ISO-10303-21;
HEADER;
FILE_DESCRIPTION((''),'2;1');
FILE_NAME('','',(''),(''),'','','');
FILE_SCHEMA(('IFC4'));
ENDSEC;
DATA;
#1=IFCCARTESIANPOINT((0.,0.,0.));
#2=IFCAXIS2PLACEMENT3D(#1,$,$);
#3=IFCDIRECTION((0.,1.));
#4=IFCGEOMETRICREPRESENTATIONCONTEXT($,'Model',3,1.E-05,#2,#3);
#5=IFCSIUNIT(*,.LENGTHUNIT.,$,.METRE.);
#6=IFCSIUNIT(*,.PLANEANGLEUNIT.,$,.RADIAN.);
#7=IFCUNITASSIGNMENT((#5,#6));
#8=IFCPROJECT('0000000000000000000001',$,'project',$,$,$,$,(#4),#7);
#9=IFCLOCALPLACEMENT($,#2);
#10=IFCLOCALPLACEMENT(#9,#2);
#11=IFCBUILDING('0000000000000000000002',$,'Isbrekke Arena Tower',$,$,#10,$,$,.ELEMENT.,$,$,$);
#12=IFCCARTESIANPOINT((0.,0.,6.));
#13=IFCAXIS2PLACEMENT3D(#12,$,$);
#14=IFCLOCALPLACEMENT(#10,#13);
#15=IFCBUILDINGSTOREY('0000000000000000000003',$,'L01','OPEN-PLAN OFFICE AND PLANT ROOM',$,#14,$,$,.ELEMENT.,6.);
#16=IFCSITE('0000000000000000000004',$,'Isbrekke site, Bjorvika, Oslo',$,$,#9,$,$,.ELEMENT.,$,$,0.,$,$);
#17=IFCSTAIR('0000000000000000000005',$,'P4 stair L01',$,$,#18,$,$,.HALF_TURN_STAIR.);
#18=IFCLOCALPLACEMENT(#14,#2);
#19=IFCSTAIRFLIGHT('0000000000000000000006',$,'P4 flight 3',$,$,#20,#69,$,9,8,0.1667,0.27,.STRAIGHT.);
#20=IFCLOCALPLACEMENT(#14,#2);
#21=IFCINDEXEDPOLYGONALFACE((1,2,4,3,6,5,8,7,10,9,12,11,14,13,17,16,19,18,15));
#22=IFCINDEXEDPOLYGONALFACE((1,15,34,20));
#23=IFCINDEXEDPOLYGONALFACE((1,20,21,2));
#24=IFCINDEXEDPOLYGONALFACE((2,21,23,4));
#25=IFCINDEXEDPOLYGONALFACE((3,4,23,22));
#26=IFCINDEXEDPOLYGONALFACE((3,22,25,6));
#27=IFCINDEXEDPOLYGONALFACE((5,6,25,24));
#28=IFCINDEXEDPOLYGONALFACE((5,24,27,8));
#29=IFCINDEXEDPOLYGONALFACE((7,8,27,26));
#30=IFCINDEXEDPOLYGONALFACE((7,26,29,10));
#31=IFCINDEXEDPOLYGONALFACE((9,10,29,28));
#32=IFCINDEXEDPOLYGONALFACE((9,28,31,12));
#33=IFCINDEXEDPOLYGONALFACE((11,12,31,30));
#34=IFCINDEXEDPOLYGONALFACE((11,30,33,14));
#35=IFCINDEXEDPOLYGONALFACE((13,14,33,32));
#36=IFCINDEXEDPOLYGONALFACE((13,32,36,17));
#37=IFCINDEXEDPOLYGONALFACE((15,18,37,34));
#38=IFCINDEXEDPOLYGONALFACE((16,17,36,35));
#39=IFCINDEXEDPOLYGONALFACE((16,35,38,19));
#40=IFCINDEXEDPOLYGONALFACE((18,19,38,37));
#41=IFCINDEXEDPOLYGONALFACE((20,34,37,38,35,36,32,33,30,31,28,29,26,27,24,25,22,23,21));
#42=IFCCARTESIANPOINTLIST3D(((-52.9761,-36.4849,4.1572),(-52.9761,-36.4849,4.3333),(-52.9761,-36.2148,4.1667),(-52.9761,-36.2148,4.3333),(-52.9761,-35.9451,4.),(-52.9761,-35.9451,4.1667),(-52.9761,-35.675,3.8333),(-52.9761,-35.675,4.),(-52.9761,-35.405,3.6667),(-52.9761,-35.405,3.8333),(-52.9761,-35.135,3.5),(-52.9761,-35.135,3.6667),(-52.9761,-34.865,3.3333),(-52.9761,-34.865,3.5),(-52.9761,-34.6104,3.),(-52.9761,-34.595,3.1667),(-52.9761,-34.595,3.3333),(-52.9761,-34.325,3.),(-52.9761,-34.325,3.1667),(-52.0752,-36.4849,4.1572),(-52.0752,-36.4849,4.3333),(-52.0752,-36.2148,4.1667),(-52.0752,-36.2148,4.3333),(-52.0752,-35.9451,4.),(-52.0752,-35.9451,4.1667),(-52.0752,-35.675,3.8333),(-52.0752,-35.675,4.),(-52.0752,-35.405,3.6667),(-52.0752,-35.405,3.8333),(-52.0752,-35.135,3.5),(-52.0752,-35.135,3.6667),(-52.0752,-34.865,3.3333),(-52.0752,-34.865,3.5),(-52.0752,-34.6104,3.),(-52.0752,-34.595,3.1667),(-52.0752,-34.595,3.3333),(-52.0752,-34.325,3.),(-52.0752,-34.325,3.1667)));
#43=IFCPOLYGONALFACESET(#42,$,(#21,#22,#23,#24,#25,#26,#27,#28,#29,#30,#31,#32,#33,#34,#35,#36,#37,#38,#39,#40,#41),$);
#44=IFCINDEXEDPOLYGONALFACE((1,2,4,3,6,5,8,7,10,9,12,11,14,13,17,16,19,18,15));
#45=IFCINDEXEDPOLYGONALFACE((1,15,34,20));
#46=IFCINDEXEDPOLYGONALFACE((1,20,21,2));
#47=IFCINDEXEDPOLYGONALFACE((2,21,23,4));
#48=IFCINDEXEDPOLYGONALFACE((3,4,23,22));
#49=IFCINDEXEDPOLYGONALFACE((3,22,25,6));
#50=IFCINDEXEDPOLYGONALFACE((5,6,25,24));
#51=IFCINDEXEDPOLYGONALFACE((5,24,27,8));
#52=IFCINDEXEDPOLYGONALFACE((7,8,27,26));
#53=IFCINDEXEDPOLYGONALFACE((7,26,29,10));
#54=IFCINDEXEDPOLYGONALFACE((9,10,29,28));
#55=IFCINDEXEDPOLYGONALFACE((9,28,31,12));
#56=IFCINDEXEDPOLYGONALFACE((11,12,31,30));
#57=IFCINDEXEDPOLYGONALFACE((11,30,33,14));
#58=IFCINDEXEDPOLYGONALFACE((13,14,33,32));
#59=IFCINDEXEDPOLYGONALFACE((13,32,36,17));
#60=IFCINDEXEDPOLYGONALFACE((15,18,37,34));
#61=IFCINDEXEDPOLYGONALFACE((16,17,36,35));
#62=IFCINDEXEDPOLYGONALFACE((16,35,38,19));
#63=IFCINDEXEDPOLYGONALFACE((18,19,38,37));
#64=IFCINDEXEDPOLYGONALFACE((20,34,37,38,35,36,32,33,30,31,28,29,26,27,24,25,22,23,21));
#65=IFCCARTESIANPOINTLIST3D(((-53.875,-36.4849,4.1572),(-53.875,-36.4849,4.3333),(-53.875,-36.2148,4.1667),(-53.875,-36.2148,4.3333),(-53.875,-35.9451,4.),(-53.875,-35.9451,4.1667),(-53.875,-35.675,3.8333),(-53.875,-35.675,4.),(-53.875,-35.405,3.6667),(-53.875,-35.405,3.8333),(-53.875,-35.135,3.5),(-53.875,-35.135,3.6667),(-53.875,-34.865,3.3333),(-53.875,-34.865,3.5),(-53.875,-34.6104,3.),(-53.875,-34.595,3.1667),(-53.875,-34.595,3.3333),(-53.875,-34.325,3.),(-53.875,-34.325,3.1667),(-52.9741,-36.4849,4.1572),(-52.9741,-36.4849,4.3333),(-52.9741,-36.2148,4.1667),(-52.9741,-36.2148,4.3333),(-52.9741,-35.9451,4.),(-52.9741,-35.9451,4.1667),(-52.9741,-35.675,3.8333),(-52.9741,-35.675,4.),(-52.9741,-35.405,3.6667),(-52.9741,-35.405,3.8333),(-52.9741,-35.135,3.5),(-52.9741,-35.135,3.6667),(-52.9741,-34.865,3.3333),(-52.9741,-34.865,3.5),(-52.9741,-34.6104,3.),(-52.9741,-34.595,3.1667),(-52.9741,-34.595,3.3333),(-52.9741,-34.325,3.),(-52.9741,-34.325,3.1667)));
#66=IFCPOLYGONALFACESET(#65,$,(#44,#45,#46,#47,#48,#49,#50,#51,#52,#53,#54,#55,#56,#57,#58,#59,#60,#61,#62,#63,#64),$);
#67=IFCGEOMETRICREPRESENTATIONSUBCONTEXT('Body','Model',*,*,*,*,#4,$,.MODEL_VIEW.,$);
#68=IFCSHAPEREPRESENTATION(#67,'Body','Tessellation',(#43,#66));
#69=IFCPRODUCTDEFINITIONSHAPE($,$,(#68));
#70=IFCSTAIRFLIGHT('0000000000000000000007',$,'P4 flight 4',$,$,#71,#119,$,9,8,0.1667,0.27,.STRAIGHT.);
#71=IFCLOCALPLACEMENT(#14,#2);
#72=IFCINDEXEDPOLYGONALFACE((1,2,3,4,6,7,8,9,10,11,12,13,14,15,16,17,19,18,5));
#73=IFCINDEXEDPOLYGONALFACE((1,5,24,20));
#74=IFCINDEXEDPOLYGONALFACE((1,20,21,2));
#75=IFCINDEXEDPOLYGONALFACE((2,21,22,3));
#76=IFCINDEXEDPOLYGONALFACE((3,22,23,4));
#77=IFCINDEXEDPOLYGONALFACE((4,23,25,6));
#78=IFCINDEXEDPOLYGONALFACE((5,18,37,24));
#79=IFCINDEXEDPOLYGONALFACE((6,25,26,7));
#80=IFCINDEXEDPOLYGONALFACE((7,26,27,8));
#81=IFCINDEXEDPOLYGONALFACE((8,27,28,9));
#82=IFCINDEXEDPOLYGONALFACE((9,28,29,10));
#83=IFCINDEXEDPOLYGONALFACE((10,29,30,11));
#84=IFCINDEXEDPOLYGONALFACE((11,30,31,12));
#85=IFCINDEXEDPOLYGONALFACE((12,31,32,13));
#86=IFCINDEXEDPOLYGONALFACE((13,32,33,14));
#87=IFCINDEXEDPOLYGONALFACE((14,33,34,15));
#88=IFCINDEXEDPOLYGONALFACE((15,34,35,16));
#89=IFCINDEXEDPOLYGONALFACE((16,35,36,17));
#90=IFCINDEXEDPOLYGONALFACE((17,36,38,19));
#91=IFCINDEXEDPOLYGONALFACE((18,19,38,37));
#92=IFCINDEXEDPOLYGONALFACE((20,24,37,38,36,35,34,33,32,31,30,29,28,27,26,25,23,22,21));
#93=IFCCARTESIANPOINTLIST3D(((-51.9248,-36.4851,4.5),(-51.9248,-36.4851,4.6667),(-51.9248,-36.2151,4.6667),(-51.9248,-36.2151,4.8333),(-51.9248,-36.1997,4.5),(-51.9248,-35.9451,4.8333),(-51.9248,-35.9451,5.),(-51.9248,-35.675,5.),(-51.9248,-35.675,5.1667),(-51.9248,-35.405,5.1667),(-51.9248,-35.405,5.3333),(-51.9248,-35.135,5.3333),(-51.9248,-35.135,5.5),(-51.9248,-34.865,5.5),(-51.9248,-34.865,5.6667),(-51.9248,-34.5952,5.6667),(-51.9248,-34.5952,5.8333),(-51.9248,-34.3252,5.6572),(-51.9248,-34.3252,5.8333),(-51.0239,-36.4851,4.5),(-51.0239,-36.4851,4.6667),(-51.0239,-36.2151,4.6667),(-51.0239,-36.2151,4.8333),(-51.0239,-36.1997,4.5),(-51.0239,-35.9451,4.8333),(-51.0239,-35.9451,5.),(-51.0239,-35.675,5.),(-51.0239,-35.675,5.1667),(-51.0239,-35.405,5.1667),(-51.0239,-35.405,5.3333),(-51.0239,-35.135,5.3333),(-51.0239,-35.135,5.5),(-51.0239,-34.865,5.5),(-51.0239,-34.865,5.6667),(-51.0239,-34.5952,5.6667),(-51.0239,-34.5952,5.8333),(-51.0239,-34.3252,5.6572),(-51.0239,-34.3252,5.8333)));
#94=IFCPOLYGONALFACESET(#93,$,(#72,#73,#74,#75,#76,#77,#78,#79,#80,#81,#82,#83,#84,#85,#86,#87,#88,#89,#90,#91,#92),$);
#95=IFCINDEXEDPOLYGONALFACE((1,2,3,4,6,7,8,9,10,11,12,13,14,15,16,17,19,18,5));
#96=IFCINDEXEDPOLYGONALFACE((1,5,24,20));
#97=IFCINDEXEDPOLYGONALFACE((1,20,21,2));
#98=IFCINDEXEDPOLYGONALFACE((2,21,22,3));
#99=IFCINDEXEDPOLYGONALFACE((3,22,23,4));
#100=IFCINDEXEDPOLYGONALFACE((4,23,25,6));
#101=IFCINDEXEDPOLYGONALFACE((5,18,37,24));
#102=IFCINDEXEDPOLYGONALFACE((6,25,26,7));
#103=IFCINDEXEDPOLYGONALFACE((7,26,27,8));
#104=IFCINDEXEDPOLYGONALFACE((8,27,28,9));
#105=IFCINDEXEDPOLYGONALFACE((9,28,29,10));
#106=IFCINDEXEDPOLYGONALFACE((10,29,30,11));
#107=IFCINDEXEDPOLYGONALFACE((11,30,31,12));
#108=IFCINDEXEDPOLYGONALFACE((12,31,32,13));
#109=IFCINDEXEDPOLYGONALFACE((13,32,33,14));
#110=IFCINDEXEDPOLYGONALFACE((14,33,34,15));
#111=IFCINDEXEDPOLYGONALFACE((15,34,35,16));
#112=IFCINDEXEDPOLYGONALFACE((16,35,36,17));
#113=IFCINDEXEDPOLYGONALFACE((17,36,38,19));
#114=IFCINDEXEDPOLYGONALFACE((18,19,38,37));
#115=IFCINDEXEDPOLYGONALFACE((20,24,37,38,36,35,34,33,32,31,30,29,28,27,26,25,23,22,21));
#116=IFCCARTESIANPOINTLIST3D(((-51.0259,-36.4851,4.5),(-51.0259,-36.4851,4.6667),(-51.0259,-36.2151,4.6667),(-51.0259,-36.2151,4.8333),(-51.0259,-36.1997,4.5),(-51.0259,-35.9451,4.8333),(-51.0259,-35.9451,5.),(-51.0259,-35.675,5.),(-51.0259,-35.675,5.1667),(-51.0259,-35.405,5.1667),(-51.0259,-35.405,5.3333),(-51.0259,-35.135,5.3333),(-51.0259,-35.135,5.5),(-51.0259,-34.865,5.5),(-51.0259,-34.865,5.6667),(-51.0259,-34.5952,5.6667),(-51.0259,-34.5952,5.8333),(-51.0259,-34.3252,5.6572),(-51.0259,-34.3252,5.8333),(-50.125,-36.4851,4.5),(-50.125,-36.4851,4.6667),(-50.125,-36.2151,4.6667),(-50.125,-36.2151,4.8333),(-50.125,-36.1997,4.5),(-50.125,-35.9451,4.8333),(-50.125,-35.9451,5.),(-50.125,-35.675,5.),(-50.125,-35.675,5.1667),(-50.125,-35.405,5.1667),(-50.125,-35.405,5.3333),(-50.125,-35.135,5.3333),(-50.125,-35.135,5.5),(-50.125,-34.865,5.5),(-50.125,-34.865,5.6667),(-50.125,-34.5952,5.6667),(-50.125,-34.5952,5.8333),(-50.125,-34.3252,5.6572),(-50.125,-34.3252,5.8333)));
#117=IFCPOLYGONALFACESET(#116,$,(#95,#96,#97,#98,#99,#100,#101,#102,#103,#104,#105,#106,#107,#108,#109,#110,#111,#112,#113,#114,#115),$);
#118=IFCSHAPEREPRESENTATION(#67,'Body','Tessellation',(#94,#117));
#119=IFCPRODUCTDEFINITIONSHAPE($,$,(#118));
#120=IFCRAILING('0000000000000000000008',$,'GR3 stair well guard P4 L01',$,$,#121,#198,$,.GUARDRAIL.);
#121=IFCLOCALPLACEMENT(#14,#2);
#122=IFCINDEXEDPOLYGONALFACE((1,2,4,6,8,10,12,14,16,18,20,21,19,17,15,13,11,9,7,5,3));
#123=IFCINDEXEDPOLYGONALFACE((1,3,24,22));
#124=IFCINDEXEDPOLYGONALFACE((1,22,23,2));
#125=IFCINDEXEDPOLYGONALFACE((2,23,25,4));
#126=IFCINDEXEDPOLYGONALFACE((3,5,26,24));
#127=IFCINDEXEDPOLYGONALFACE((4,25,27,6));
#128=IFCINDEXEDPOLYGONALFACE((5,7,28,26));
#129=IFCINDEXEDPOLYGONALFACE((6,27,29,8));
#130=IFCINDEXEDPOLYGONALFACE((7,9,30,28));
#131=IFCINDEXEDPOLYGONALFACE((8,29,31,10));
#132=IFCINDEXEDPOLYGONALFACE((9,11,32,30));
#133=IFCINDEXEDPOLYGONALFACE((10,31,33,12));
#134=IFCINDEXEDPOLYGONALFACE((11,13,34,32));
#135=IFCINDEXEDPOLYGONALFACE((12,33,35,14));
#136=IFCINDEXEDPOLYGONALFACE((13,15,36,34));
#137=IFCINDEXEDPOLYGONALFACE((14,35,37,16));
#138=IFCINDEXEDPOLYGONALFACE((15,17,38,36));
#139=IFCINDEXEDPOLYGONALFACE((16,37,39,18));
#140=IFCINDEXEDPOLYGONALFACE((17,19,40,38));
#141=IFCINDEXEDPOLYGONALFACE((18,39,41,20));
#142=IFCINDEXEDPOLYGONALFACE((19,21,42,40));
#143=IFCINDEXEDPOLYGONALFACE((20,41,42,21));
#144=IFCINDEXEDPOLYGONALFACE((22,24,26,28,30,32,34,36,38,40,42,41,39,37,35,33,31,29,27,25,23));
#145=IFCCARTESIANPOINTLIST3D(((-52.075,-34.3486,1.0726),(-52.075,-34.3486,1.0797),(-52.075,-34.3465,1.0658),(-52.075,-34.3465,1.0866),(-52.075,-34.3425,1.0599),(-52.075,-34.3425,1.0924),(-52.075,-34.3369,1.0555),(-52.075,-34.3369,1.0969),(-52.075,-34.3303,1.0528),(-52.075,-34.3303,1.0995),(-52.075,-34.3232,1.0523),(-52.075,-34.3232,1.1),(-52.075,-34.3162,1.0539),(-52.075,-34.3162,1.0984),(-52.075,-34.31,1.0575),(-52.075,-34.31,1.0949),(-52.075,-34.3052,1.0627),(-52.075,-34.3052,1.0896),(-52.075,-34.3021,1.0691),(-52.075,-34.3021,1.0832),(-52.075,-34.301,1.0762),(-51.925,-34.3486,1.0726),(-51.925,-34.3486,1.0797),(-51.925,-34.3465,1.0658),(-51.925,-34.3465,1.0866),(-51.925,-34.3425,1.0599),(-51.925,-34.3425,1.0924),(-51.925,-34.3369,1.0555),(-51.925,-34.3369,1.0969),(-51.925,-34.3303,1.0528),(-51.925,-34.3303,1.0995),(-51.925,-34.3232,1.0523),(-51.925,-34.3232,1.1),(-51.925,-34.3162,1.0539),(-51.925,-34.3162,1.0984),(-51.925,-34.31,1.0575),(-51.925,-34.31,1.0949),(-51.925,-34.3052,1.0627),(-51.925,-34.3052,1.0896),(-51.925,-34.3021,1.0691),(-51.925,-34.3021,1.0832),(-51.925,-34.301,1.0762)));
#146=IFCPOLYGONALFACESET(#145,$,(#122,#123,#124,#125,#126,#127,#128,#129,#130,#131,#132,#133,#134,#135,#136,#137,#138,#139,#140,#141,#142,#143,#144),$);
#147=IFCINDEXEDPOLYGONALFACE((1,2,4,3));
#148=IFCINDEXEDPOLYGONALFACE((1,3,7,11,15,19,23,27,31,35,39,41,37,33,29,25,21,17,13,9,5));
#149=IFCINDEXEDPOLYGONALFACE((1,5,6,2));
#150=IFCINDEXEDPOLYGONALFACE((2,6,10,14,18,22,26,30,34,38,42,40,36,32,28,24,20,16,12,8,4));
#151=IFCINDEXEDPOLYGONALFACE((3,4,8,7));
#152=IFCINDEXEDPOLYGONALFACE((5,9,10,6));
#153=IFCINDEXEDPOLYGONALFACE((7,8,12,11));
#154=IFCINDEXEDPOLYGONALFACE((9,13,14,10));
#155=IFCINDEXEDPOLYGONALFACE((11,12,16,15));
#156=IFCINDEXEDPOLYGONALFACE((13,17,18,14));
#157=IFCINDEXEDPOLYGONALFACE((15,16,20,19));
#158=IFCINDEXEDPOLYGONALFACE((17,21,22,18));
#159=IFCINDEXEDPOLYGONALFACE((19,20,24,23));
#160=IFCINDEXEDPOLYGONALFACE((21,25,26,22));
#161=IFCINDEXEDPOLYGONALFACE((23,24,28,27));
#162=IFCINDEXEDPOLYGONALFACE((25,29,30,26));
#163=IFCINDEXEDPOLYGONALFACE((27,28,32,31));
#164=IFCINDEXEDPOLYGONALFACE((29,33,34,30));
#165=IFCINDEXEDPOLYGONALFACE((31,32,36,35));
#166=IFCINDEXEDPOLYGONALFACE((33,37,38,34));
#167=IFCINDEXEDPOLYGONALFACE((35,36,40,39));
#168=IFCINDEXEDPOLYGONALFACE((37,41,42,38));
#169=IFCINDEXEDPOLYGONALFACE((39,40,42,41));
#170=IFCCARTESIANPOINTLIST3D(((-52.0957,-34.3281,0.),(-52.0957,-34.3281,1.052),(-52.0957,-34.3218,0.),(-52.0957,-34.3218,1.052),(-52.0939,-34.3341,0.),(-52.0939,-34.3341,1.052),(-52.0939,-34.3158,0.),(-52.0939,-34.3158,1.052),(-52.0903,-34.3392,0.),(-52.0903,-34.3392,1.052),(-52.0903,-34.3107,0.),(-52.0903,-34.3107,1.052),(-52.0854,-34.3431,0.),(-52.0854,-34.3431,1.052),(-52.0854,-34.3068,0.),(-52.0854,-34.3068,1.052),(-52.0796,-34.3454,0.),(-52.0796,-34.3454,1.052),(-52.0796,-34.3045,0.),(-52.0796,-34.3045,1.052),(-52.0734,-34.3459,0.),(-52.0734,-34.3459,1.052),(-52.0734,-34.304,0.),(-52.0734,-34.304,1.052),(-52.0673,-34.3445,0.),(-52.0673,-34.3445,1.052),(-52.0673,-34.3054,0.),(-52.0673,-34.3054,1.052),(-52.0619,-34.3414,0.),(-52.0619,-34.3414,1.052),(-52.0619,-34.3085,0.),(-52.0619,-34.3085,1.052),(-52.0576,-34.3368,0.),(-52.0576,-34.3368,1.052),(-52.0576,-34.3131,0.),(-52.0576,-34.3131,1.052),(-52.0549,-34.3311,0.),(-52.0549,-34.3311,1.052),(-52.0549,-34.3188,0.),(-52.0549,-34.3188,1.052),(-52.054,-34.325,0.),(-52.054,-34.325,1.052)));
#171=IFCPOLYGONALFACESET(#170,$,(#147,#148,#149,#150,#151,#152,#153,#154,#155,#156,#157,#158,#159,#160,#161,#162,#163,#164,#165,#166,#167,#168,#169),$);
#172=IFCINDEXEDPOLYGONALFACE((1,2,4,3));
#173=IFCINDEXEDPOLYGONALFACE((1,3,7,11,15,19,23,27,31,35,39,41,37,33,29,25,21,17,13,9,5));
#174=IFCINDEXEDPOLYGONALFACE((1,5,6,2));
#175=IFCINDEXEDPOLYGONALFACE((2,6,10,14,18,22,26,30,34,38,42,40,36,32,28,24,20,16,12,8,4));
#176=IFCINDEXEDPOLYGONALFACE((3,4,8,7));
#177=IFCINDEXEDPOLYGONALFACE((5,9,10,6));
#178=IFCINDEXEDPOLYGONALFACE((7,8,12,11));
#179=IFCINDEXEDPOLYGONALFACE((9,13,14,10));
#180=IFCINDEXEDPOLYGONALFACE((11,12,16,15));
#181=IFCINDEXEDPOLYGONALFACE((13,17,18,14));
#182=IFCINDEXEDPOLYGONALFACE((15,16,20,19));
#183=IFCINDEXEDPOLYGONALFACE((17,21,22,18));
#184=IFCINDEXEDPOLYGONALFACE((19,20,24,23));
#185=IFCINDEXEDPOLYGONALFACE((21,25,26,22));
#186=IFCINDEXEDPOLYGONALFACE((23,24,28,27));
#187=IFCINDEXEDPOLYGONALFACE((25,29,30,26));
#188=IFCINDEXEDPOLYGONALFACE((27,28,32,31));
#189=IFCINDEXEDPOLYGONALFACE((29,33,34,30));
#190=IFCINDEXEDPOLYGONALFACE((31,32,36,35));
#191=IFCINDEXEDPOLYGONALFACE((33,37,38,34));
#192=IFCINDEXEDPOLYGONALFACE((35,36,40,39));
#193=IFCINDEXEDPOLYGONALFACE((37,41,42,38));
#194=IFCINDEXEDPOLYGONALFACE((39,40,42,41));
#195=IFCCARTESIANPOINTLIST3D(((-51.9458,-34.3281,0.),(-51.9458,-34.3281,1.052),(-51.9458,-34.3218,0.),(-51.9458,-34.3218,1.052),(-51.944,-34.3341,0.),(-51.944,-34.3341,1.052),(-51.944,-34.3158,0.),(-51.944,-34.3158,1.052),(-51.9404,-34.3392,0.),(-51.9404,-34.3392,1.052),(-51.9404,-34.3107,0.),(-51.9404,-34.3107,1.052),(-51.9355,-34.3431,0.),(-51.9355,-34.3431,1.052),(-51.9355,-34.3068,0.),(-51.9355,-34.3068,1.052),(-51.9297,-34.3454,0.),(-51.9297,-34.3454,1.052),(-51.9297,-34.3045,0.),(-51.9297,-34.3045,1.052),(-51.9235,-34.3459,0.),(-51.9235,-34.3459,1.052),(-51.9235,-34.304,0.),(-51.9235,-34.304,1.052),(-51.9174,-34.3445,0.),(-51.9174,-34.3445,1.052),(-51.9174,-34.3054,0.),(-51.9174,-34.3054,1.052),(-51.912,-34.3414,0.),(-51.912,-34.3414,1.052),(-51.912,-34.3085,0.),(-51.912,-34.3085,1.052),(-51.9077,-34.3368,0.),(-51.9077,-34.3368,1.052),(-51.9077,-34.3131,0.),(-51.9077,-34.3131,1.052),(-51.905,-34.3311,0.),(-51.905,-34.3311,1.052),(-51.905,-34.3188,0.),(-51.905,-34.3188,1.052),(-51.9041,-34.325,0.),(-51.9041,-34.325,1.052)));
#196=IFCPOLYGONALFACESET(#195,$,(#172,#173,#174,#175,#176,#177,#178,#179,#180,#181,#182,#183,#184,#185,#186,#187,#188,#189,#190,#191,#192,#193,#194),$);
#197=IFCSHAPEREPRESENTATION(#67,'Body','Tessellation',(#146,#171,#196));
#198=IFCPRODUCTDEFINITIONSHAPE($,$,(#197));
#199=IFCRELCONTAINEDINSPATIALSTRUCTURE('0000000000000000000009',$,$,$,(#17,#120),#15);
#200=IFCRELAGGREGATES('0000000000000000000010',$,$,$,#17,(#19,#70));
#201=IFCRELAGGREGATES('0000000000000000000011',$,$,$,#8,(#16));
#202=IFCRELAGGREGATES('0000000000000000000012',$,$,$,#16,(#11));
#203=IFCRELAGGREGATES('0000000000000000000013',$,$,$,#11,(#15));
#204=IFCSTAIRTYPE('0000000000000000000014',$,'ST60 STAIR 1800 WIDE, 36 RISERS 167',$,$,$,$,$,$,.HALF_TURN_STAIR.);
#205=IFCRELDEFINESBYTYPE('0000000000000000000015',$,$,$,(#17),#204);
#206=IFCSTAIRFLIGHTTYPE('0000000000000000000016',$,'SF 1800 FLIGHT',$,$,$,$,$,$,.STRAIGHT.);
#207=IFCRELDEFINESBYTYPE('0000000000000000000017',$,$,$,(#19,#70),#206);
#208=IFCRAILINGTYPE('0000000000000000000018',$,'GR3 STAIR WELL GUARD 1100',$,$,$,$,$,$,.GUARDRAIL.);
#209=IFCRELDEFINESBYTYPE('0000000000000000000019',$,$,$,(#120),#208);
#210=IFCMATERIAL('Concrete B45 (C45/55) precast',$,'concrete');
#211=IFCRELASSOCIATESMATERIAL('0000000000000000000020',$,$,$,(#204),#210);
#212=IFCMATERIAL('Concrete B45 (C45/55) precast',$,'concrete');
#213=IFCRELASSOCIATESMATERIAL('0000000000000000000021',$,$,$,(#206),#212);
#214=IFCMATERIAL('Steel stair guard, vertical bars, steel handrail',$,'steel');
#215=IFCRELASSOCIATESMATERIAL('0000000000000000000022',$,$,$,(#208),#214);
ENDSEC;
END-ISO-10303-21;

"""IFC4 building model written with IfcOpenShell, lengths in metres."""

from ifc_helpers import new_model, si_unit, direction, frame, origin, origin_2d, place, context, subcontext, project, spatial, polyline, circle, outline, extrude, material, type_object, element, aggregate, save


model = new_model("IFC4")

# Units and contexts
model_context = context("Model", 3, precision=1e-05, world=origin(), true_north=direction((0.0, 1.0)))
body_context = subcontext(model_context, "Body", "Model", "MODEL_VIEW")
ifc_project = project(units=[si_unit("LENGTHUNIT", "METRE"), si_unit("PLANEANGLEUNIT", "RADIAN")], contexts=[model_context])

# Site, building, storey
site_placement = place(None, origin())
site = spatial("IfcSite", under=ifc_project, at=site_placement, Name="Isbrekke site, Bjorvika, Oslo", CompositionType="ELEMENT", RefElevation=0.0)
building_placement = place(site_placement, origin())
building = spatial("IfcBuilding", under=site, at=building_placement, Name="Isbrekke Arena Tower", CompositionType="ELEMENT")
storey_placement = place(building_placement, frame((0.0, 0.0, 6.0)))
storey = spatial("IfcBuildingStorey", under=building, at=storey_placement, Name="L01", Description="OPEN-PLAN OFFICE AND PLANT ROOM", CompositionType="ELEMENT", Elevation=6.0)

# Stair, stair flights
ifc_material_1 = material(Name="Concrete B45 (C45/55) precast", Category="concrete")
stair_type = type_object("IfcStairType", Name="ST60 STAIR 1800 WIDE, 36 RISERS 167", PredefinedType="HALF_TURN_STAIR", material=ifc_material_1)
stair_placement = place(storey_placement, origin())
stair = element("IfcStair", 1, at=stair_placement, inside=storey, type_object=stair_type, Name="P4 stair L01", PredefinedType="HALF_TURN_STAIR")
ifc_material_2 = material(Name="Concrete B45 (C45/55) precast", Category="concrete")
stair_flight_type = type_object("IfcStairFlightType", Name="SF 1800 FLIGHT", PredefinedType="STRAIGHT", material=ifc_material_2)
stair_flight_1_placement = place(storey_placement, frame((-52.9751, -34.325, 3.0), z_axis=(0.0, 0.0, 1.0), x_axis=(0.0, -1.0, 0.0)))
stair_flight_1 = element("IfcStairFlight", 2, at=stair_flight_1_placement, type_object=stair_flight_type, Name="P4 flight 3", NumberOfRisers=9, NumberOfTreads=8, PredefinedType="STRAIGHT", RiserHeight=0.1667, TreadLength=0.27, context=body_context, shape_type="SweptSolid", body=[
    extrude(outline(polyline([(0.0, 0.0), (0.0, 0.1667), (0.27, 0.1667), (0.27, 0.3333), (0.54, 0.3333), (0.54, 0.5), (0.8101, 0.5), (0.8101, 0.6667), (1.0801, 0.6667), (1.0801, 0.8333), (1.3501, 0.8333), (1.3501, 1.0), (1.6201, 1.0), (1.6201, 1.1667), (1.8899, 1.1667), (1.8899, 1.3333), (2.1599, 1.3333), (2.1599, 1.5), (2.1599, 1.1572), (0.2854, 0.0), (0.0, 0.0)])), frame((0.0, 0.8999, 0.0), z_axis=(0.0, -1.0, 0.0), x_axis=(1.0, 0.0, 0.0)), (0.0, 0.0, 1.0), 0.9009),
    extrude(outline(polyline([(0.0, 0.0), (0.0, 0.1667), (0.27, 0.1667), (0.27, 0.3333), (0.54, 0.3333), (0.54, 0.5), (0.8101, 0.5), (0.8101, 0.6667), (1.0801, 0.6667), (1.0801, 0.8333), (1.3501, 0.8333), (1.3501, 1.0), (1.6201, 1.0), (1.6201, 1.1667), (1.8899, 1.1667), (1.8899, 1.3333), (2.1599, 1.3333), (2.1599, 1.5), (2.1599, 1.1572), (0.2854, 0.0), (0.0, 0.0)])), frame((0.0, 0.001, 0.0), z_axis=(0.0, -1.0, 0.0), x_axis=(1.0, 0.0, 0.0)), (0.0, 0.0, 1.0), 0.9009),
])
stair_flight_2_placement = place(storey_placement, frame((-51.0249, -36.4851, 4.5), z_axis=(0.0, 0.0, 1.0), x_axis=(0.0, 1.0, 0.0)))
stair_flight_2 = element("IfcStairFlight", 3, at=stair_flight_2_placement, type_object=stair_flight_type, Name="P4 flight 4", NumberOfRisers=9, NumberOfTreads=8, PredefinedType="STRAIGHT", RiserHeight=0.1667, TreadLength=0.27, context=body_context, shape_type="SweptSolid", body=[
    extrude(outline(polyline([(0.0, 0.0), (0.0, 0.1667), (0.27, 0.1667), (0.27, 0.3333), (0.54, 0.3333), (0.54, 0.5), (0.8101, 0.5), (0.8101, 0.6667), (1.0801, 0.6667), (1.0801, 0.8333), (1.3501, 0.8333), (1.3501, 1.0), (1.6201, 1.0), (1.6201, 1.1667), (1.8899, 1.1667), (1.8899, 1.3333), (2.1599, 1.3333), (2.1599, 1.5), (2.1599, 1.1572), (0.2854, 0.0), (0.0, 0.0)])), frame((0.0, 0.8999, 0.0), z_axis=(0.0, -1.0, 0.0), x_axis=(1.0, 0.0, 0.0)), (0.0, 0.0, 1.0), 0.9009),
    extrude(outline(polyline([(0.0, 0.0), (0.0, 0.1667), (0.27, 0.1667), (0.27, 0.3333), (0.54, 0.3333), (0.54, 0.5), (0.8101, 0.5), (0.8101, 0.6667), (1.0801, 0.6667), (1.0801, 0.8333), (1.3501, 0.8333), (1.3501, 1.0), (1.6201, 1.0), (1.6201, 1.1667), (1.8899, 1.1667), (1.8899, 1.3333), (2.1599, 1.3333), (2.1599, 1.5), (2.1599, 1.1572), (0.2854, 0.0), (0.0, 0.0)])), frame((0.0, 0.001, 0.0), z_axis=(0.0, -1.0, 0.0), x_axis=(1.0, 0.0, 0.0)), (0.0, 0.0, 1.0), 0.9009),
])
aggregate(stair, [stair_flight_1, stair_flight_2])

# Railing
ifc_material_3 = material(Name="Steel stair guard, vertical bars, steel handrail", Category="steel")
railing_type = type_object("IfcRailingType", Name="GR3 STAIR WELL GUARD 1100", PredefinedType="GUARDRAIL", material=ifc_material_3)
for number, where, name in (
    (4, (-52.075, -34.325, 0.0), "GR3 stair well guard P4 L01"),
):
    element("IfcRailing", number, at=place(storey_placement, frame(where)), inside=storey, type_object=railing_type, Name=name, PredefinedType="GUARDRAIL", context=body_context, shape_type="SweptSolid", body=[
        extrude(circle(Radius=0.0239, at=origin_2d()), frame((0.0, 0.0, 1.0762), z_axis=(1.0, 0.0, 0.0), x_axis=(0.0, 1.0, 0.0)), (0.0, 0.0, 1.0), 0.1499),
        extrude(circle(Radius=0.021, at=origin_2d()), origin(), (0.0, 0.0, 1.0), 1.052),
        extrude(circle(Radius=0.021, at=origin_2d()), frame((0.1499, 0.0, 0.0)), (0.0, 0.0, 1.0), 1.052),
    ])

save(model, "model.ifc")
